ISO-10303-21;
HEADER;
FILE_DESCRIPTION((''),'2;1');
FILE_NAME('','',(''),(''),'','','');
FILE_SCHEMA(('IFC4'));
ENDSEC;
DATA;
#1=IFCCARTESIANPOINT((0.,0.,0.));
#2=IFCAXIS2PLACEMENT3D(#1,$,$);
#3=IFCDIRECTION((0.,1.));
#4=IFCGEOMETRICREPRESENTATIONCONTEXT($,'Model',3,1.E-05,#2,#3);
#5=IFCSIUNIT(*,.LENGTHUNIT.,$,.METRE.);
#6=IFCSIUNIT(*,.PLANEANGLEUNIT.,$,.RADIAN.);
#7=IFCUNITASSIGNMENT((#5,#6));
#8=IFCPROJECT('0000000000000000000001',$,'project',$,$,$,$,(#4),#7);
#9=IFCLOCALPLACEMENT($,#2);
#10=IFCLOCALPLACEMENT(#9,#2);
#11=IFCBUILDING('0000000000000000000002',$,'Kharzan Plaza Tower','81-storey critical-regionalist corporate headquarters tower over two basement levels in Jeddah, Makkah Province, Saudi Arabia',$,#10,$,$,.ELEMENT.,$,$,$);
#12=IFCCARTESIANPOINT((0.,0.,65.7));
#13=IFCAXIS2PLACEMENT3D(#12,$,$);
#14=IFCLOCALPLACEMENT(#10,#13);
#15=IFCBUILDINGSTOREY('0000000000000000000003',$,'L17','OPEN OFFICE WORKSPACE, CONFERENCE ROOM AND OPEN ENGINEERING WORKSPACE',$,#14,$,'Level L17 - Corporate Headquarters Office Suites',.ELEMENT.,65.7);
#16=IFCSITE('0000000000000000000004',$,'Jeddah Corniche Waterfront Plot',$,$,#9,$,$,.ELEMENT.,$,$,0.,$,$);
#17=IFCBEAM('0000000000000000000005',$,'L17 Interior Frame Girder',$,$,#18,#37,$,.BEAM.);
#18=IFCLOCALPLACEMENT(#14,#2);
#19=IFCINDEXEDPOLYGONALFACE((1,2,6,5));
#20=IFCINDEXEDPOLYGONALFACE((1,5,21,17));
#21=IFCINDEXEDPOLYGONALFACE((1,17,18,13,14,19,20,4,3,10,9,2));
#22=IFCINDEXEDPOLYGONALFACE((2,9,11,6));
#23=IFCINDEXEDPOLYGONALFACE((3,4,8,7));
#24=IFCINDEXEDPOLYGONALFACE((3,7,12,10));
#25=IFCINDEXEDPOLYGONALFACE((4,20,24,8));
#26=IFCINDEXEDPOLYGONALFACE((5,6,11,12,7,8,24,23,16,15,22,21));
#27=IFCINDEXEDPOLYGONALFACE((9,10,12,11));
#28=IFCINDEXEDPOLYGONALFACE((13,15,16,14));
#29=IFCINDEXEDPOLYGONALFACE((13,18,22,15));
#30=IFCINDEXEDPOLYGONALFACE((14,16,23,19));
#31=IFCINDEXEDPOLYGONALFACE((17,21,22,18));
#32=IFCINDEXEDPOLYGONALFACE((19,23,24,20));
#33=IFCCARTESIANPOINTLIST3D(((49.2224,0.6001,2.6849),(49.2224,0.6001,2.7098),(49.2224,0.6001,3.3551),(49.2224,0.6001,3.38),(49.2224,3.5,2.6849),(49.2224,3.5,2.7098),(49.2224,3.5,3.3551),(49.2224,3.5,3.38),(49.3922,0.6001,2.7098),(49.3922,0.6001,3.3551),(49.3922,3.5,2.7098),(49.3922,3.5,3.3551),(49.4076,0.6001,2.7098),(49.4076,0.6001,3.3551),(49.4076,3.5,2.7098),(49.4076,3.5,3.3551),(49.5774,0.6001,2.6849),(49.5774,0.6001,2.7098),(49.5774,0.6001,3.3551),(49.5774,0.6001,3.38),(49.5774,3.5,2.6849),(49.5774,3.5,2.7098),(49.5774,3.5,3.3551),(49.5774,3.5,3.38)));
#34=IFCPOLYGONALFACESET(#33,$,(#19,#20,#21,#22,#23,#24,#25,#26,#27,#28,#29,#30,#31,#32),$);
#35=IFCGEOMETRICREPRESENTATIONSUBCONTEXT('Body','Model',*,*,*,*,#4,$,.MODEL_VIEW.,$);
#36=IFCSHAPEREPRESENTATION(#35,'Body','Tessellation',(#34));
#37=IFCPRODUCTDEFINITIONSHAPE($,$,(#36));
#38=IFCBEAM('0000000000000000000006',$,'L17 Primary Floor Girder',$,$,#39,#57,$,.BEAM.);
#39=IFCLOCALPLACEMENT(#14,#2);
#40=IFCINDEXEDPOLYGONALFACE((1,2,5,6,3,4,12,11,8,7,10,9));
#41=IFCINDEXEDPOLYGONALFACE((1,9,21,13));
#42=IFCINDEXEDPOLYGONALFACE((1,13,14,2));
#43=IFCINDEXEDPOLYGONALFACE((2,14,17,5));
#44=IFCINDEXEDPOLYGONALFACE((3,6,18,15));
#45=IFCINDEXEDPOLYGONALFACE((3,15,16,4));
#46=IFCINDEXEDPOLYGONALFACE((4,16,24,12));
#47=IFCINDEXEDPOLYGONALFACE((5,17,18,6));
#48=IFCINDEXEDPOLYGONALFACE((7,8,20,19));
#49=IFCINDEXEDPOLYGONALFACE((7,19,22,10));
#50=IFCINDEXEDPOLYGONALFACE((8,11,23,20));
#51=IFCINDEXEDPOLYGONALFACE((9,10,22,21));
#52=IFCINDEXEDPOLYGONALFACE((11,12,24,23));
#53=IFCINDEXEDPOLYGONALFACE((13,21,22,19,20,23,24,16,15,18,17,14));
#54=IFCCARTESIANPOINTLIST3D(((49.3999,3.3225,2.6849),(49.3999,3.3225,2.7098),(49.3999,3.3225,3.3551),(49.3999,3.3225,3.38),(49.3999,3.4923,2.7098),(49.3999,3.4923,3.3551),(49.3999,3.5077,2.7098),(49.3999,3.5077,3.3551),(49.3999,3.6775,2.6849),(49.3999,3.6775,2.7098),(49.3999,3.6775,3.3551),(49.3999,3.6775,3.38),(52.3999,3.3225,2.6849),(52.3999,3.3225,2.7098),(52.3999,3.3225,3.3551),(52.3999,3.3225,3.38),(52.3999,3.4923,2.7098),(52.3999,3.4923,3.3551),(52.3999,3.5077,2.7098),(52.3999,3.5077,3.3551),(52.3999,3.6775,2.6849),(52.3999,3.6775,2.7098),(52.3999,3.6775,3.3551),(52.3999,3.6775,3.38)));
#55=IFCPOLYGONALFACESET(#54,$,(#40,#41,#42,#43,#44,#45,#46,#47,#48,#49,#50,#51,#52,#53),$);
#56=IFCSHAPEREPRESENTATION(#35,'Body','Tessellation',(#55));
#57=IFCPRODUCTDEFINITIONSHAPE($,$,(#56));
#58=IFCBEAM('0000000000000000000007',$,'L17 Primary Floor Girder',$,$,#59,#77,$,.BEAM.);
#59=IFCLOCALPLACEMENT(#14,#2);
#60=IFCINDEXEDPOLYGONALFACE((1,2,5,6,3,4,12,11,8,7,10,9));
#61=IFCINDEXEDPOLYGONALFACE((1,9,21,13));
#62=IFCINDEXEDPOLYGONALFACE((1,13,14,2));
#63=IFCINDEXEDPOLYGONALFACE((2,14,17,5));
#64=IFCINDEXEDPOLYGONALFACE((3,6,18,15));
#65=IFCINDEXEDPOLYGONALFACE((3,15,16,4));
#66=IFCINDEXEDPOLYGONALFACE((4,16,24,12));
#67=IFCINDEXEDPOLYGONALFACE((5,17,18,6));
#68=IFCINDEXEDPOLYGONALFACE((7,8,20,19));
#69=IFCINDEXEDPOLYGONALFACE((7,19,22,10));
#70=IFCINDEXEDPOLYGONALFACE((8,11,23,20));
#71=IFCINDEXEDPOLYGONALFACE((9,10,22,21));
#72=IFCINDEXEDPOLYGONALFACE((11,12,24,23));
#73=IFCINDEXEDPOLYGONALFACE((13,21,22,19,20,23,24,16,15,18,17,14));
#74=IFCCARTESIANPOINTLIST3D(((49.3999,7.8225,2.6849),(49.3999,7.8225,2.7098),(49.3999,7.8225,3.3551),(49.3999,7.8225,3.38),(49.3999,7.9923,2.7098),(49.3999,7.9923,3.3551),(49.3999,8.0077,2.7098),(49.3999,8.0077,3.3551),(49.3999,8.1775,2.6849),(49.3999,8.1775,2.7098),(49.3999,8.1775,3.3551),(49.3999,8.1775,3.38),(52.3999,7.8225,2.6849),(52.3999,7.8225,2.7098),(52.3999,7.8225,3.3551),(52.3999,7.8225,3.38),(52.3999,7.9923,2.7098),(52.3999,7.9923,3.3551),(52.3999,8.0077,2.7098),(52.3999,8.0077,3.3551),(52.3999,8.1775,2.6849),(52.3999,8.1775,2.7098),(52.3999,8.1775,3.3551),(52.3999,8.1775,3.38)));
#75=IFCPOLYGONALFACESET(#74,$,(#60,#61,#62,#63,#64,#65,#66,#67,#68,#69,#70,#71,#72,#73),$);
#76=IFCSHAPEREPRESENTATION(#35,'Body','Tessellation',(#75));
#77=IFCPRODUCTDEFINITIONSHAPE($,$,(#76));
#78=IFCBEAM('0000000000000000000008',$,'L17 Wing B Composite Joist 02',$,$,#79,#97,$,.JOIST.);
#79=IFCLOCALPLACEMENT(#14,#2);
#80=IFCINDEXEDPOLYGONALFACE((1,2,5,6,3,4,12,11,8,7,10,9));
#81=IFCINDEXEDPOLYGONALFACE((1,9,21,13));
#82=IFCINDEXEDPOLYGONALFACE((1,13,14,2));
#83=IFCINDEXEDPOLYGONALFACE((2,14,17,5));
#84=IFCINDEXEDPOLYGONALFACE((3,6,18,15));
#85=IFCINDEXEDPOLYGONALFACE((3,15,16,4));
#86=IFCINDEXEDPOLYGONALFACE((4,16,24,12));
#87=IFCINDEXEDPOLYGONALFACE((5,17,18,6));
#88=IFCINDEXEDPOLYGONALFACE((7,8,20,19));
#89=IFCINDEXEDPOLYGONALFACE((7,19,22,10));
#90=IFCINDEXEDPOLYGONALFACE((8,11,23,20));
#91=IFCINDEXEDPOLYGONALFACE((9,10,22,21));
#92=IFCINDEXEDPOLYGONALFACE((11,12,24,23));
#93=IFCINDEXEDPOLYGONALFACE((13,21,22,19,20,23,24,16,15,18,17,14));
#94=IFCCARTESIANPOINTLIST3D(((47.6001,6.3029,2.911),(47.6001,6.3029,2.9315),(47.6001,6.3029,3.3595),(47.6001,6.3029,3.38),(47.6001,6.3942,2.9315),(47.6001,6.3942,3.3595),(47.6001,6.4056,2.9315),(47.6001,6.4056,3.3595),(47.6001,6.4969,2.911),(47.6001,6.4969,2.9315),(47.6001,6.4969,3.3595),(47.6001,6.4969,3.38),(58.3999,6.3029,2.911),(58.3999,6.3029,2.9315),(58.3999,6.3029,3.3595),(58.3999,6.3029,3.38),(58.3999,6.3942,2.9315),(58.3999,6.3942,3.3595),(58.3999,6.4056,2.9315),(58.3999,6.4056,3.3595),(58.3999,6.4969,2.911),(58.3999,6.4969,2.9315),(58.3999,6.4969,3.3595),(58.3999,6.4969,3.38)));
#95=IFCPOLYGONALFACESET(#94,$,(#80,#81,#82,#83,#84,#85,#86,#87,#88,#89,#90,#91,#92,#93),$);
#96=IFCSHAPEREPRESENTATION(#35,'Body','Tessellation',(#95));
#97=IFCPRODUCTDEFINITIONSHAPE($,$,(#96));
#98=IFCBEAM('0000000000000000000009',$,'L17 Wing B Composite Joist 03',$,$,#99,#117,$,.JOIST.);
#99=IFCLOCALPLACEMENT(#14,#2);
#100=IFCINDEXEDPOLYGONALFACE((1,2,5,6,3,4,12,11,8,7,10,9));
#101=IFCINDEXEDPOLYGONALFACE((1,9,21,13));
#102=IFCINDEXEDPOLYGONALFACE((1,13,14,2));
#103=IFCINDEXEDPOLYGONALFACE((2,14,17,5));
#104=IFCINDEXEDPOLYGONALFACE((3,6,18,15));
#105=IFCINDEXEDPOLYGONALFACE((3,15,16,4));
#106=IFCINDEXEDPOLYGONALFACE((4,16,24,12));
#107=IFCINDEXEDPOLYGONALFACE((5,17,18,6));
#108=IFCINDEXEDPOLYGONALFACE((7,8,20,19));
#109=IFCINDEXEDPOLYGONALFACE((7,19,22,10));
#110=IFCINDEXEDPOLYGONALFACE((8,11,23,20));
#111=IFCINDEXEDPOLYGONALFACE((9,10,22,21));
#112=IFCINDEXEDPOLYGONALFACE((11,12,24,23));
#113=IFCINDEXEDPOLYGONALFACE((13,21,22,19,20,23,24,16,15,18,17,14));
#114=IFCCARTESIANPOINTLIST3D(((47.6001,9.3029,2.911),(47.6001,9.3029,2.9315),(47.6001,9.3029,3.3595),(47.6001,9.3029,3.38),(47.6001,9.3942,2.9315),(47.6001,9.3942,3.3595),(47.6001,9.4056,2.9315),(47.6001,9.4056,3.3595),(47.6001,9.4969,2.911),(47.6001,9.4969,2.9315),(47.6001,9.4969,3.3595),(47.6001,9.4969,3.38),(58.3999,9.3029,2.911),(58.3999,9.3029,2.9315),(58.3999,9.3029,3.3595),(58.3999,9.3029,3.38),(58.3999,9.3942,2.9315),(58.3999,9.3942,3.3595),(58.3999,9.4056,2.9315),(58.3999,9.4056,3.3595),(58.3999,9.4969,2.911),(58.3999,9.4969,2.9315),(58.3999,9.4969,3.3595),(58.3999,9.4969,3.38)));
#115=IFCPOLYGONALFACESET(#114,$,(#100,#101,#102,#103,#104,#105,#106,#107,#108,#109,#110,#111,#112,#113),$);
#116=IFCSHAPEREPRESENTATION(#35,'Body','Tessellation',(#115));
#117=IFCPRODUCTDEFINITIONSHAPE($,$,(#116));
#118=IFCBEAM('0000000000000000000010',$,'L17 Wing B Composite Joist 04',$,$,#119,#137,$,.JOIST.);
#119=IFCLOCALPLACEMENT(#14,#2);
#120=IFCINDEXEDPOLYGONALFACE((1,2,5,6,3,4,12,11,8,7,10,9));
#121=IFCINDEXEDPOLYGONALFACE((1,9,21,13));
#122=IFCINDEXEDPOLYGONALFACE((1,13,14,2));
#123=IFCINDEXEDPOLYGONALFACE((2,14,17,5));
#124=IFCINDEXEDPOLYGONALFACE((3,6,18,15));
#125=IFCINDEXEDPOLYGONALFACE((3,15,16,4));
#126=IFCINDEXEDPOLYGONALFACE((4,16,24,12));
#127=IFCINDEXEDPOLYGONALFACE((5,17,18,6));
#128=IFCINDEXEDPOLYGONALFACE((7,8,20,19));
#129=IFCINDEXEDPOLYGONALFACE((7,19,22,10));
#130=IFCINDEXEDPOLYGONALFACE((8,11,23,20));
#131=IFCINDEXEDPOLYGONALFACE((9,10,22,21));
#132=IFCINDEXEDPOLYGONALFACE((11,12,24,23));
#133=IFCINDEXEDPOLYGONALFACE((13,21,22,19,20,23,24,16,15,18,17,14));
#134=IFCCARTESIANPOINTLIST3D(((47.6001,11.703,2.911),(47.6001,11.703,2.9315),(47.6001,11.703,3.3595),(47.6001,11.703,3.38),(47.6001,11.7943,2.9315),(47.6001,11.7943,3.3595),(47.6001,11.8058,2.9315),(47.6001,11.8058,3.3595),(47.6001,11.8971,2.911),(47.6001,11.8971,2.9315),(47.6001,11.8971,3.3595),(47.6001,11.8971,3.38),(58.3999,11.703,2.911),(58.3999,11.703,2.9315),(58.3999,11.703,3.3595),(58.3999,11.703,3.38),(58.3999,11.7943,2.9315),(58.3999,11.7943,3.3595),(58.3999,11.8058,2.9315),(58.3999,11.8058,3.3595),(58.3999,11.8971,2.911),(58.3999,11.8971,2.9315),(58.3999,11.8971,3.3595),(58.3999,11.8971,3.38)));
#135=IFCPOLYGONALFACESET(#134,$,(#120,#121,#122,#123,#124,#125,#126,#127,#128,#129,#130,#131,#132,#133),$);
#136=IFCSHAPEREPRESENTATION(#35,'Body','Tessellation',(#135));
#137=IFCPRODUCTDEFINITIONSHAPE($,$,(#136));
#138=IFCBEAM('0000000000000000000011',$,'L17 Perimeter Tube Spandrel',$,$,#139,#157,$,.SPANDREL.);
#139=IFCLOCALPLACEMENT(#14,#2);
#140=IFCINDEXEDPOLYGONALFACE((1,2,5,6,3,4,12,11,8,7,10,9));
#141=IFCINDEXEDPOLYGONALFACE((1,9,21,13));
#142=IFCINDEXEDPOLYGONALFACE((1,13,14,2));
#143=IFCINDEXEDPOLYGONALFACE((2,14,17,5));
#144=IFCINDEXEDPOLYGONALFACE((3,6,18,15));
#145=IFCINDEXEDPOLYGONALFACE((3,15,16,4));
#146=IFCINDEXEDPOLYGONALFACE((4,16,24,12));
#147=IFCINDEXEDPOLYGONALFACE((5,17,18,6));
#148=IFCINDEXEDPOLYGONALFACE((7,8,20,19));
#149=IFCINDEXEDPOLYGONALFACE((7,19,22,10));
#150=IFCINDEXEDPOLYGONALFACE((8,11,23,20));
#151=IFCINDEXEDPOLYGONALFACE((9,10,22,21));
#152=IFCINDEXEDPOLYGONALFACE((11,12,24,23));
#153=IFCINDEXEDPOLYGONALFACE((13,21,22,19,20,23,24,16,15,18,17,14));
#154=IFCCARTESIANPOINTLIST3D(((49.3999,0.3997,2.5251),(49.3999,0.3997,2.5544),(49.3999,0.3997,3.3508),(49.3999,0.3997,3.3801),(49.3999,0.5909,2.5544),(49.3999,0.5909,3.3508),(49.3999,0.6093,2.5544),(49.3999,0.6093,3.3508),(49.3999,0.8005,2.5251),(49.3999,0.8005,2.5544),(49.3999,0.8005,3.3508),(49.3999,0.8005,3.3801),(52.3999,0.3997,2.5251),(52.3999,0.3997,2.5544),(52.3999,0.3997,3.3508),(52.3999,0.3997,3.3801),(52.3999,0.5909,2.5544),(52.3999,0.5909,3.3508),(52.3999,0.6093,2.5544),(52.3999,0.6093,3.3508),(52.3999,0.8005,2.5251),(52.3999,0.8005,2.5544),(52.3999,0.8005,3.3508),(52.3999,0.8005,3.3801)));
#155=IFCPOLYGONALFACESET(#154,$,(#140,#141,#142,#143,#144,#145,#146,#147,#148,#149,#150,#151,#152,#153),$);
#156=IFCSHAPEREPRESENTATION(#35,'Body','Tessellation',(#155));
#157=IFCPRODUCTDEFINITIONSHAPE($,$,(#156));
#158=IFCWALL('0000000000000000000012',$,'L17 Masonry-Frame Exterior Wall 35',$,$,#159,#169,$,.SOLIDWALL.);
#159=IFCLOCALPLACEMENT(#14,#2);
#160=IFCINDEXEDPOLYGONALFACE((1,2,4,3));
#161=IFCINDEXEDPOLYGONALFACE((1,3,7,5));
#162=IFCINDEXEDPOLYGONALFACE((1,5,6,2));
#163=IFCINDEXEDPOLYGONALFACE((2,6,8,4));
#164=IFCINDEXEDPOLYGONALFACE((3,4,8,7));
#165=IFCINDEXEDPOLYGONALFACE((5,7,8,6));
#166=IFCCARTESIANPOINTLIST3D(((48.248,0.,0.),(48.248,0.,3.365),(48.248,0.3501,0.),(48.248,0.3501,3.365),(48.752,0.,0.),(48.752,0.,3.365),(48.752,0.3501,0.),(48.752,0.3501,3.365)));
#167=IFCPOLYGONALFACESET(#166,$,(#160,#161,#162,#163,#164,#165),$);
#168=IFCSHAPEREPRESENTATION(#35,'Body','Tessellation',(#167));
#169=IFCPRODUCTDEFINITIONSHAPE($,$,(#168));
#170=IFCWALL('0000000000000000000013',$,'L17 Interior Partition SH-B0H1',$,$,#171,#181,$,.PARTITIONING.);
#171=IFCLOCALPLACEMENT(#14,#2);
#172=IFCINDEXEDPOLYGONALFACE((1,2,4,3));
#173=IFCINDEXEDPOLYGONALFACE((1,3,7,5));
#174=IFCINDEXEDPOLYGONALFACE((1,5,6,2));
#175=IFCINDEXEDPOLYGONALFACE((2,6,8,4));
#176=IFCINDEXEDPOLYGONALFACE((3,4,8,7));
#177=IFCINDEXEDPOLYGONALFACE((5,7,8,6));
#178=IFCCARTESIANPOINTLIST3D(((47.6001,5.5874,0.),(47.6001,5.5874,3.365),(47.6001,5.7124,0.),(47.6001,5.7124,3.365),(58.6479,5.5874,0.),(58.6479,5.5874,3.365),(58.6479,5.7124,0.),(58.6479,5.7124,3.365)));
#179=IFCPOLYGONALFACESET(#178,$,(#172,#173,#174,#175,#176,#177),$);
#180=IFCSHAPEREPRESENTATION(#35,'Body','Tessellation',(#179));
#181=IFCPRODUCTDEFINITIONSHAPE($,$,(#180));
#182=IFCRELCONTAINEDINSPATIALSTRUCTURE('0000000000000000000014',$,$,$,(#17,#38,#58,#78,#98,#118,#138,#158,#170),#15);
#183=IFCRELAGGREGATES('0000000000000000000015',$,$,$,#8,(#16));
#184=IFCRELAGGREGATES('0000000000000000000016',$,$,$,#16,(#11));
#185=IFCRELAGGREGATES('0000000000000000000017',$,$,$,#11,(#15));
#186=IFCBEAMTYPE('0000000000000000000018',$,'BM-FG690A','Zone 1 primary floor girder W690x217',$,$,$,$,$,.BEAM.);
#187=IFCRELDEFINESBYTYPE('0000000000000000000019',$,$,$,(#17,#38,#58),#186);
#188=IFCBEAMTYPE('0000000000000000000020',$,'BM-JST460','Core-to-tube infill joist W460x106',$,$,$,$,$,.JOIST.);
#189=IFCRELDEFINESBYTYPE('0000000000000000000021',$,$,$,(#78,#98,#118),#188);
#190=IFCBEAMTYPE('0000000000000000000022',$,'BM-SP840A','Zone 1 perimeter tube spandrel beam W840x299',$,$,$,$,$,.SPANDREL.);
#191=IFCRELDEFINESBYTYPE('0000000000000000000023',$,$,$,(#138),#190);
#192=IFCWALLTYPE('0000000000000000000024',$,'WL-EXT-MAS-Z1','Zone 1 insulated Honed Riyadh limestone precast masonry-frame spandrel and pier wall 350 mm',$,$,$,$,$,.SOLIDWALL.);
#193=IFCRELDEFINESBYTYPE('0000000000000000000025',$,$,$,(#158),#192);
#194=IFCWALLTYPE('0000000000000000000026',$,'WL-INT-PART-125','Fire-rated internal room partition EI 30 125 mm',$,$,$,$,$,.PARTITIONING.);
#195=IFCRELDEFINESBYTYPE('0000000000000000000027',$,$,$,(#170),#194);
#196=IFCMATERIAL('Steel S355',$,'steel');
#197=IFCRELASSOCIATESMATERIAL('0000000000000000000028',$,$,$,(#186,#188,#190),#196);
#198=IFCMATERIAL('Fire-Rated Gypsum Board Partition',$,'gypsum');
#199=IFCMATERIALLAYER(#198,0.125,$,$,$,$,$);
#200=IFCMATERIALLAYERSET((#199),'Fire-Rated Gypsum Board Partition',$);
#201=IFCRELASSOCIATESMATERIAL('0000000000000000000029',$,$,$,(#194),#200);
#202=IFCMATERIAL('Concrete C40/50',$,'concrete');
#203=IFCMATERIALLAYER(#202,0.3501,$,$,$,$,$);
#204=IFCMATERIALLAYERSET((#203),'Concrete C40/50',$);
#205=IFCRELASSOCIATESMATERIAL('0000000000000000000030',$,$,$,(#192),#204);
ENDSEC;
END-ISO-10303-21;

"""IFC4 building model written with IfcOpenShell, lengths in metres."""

from ifc_helpers import new_model, si_unit, direction, frame, frame_2d, origin, origin_2d, place, context, subcontext, project, spatial, rectangle, i_section, extrude, source, transform, mapped, material, layer, layer_set, material_profile, profile_set, type_object, element, save


model = new_model("IFC4")

# Units and contexts
model_context = context("Model", 3, precision=1e-05, world=origin(), true_north=direction((0.0, 1.0)))
body_context = subcontext(model_context, "Body", "Model", "MODEL_VIEW")
ifc_project = project(units=[si_unit("LENGTHUNIT", "METRE"), si_unit("PLANEANGLEUNIT", "RADIAN")], contexts=[model_context])

# Site, building, storey
site_placement = place(None, origin())
site = spatial("IfcSite", under=ifc_project, at=site_placement, Name="Jeddah Corniche Waterfront Plot", CompositionType="ELEMENT", RefElevation=0.0)
building_placement = place(site_placement, origin())
building = spatial("IfcBuilding", under=site, at=building_placement, Name="Kharzan Plaza Tower", Description="81-storey critical-regionalist corporate headquarters tower over two basement levels in Jeddah, Makkah Province, Saudi Arabia", CompositionType="ELEMENT")
storey_placement = place(building_placement, frame((0.0, 0.0, 65.7)))
storey = spatial("IfcBuildingStorey", under=building, at=storey_placement, Name="L17", Description="OPEN OFFICE WORKSPACE, CONFERENCE ROOM AND OPEN ENGINEERING WORKSPACE", LongName="Level L17 - Corporate Headquarters Office Suites", CompositionType="ELEMENT", Elevation=65.7)

# Beams
ifc_material_1 = material(Name="Steel S355", Category="steel")
ifc_material_profile_1 = material_profile(ifc_material_1, i_section(OverallWidth=0.355, OverallDepth=0.6951, WebThickness=0.0154, FlangeThickness=0.0249, at=origin_2d()), Name="W690x217")
ifc_profile_set_1 = profile_set([ifc_material_profile_1], Name="Steel S355")
beam_type_1 = type_object("IfcBeamType", Name="BM-FG690A", Description="Zone 1 primary floor girder W690x217", PredefinedType="BEAM", material=ifc_profile_set_1)
shared_shape_1 = source(origin(), body_context, "Body", "SweptSolid", [
    extrude(i_section(OverallWidth=0.355, OverallDepth=0.6951, WebThickness=0.0154, FlangeThickness=0.0249, at=origin_2d()), origin(), (0.0, 0.0, 1.0), 2.8999),
])
for number, where, z_axis, x_axis, name in (
    (1, (49.3999, 0.6001, 3.0325), (0.0, 1.0, 0.0), (-1.0, 0.0, 0.0), "L17 Interior Frame Girder"),
):
    element("IfcBeam", number, at=place(storey_placement, frame(where, z_axis=z_axis, x_axis=x_axis)), inside=storey, type_object=beam_type_1, Name=name, PredefinedType="BEAM", context=body_context, shape_type="MappedRepresentation", body=[
        mapped(shared_shape_1, transform((0.0, 0.0, 0.0), x_axis=(1.0, 0.0, 0.0), y_axis=(0.0, 1.0, 0.0), z_axis=(0.0, 0.0, 1.0))),
    ])
shared_shape_2 = source(origin(), body_context, "Body", "SweptSolid", [
    extrude(i_section(OverallWidth=0.355, OverallDepth=0.6951, WebThickness=0.0154, FlangeThickness=0.0249, at=origin_2d()), origin(), (0.0, 0.0, 1.0), 3.0),
])
for number, where, z_axis, x_axis, name in (
    (2, (49.3999, 3.5, 3.0325), (1.0, 0.0, 0.0), (0.0, 1.0, 0.0), "L17 Primary Floor Girder"),
    (3, (49.3999, 8.0, 3.0325), (1.0, 0.0, 0.0), (0.0, 1.0, 0.0), "L17 Primary Floor Girder"),
):
    element("IfcBeam", number, at=place(storey_placement, frame(where, z_axis=z_axis, x_axis=x_axis)), inside=storey, type_object=beam_type_1, Name=name, PredefinedType="BEAM", context=body_context, shape_type="MappedRepresentation", body=[
        mapped(shared_shape_2, transform((0.0, 0.0, 0.0), x_axis=(1.0, 0.0, 0.0), y_axis=(0.0, 1.0, 0.0), z_axis=(0.0, 0.0, 1.0))),
    ])
ifc_material_profile_2 = material_profile(ifc_material_1, i_section(OverallWidth=0.1941, OverallDepth=0.469, WebThickness=0.0115, FlangeThickness=0.0205, at=origin_2d()), Name="W460x106")
ifc_profile_set_2 = profile_set([ifc_material_profile_2], Name="Steel S355")
beam_type_2 = type_object("IfcBeamType", Name="BM-JST460", Description="Core-to-tube infill joist W460x106", PredefinedType="JOIST", material=ifc_profile_set_2)
shared_shape_3 = source(origin(), body_context, "Body", "SweptSolid", [
    extrude(i_section(OverallWidth=0.1941, OverallDepth=0.469, WebThickness=0.0115, FlangeThickness=0.0205, at=origin_2d()), origin(), (0.0, 0.0, 1.0), 10.7998),
])
for number, where, z_axis, x_axis, name in (
    (4, (47.6001, 6.3999, 3.1455), (1.0, 0.0, 0.0), (0.0, 1.0, 0.0), "L17 Wing B Composite Joist 02"),
    (5, (47.6001, 9.3999, 3.1455), (1.0, 0.0, 0.0), (0.0, 1.0, 0.0), "L17 Wing B Composite Joist 03"),
    (6, (47.6001, 11.8, 3.1455), (1.0, 0.0, 0.0), (0.0, 1.0, 0.0), "L17 Wing B Composite Joist 04"),
):
    element("IfcBeam", number, at=place(storey_placement, frame(where, z_axis=z_axis, x_axis=x_axis)), inside=storey, type_object=beam_type_2, Name=name, PredefinedType="JOIST", context=body_context, shape_type="MappedRepresentation", body=[
        mapped(shared_shape_3, transform((0.0, 0.0, 0.0), x_axis=(1.0, 0.0, 0.0), y_axis=(0.0, 1.0, 0.0), z_axis=(0.0, 0.0, 1.0))),
    ])
ifc_material_profile_3 = material_profile(ifc_material_1, i_section(OverallWidth=0.4009, OverallDepth=0.855, WebThickness=0.0183, FlangeThickness=0.0293, at=origin_2d()), Name="W840x299")
ifc_profile_set_3 = profile_set([ifc_material_profile_3], Name="Steel S355")
beam_type_3 = type_object("IfcBeamType", Name="BM-SP840A", Description="Zone 1 perimeter tube spandrel beam W840x299", PredefinedType="SPANDREL", material=ifc_profile_set_3)
shared_shape_4 = source(origin(), body_context, "Body", "SweptSolid", [
    extrude(i_section(OverallWidth=0.4009, OverallDepth=0.855, WebThickness=0.0183, FlangeThickness=0.0293, at=origin_2d()), origin(), (0.0, 0.0, 1.0), 3.0),
])
beam_placement = place(storey_placement, frame((49.3999, 0.6001, 2.9526), z_axis=(1.0, 0.0, 0.0), x_axis=(0.0, 1.0, 0.0)))
element("IfcBeam", 7, at=beam_placement, inside=storey, type_object=beam_type_3, Name="L17 Perimeter Tube Spandrel", PredefinedType="SPANDREL", context=body_context, shape_type="MappedRepresentation", body=[
    mapped(shared_shape_4, transform((0.0, 0.0, 0.0), x_axis=(1.0, 0.0, 0.0), y_axis=(0.0, 1.0, 0.0), z_axis=(0.0, 0.0, 1.0))),
])

# Shared definitions
ifc_material_2 = material(Name="Fire-Rated Gypsum Board Partition", Category="gypsum")
ifc_layer_1 = layer(ifc_material_2, 0.125)
ifc_layer_set_1 = layer_set([ifc_layer_1], Name="Fire-Rated Gypsum Board Partition")
wall_type_1 = type_object("IfcWallType", Name="WL-INT-PART-125", Description="Fire-rated internal room partition EI 30 125 mm", PredefinedType="PARTITIONING", material=ifc_layer_set_1)

# Walls
ifc_material_3 = material(Name="Concrete C40/50", Category="concrete")
ifc_layer_2 = layer(ifc_material_3, 0.3501)
ifc_layer_set_2 = layer_set([ifc_layer_2], Name="Concrete C40/50")
wall_type_2 = type_object("IfcWallType", Name="WL-EXT-MAS-Z1", Description="Zone 1 insulated Honed Riyadh limestone precast masonry-frame spandrel and pier wall 350 mm", PredefinedType="SOLIDWALL", material=ifc_layer_set_2)
shared_shape_5 = source(origin(), body_context, "Body", "SweptSolid", [
    extrude(rectangle(XDim=0.5039, YDim=0.3501, at=frame_2d((0.252, 0.0))), origin(), (0.0, 0.0, 1.0), 3.365),
])
wall_1_placement = place(storey_placement, frame((48.248, 0.175, 0.0), z_axis=(0.0, 0.0, 1.0), x_axis=(1.0, 0.0, 0.0)))
element("IfcWall", 8, at=wall_1_placement, inside=storey, type_object=wall_type_2, Name="L17 Masonry-Frame Exterior Wall 35", PredefinedType="SOLIDWALL", context=body_context, shape_type="MappedRepresentation", body=[
    mapped(shared_shape_5, transform((0.0, 0.0, 0.0), x_axis=(1.0, 0.0, 0.0), y_axis=(0.0, 1.0, 0.0), z_axis=(0.0, 0.0, 1.0))),
])
shared_shape_6 = source(origin(), body_context, "Body", "SweptSolid", [
    extrude(rectangle(XDim=11.0479, YDim=0.125, at=frame_2d((5.5239, 0.0))), origin(), (0.0, 0.0, 1.0), 3.365),
])
for number, where, z_axis, x_axis, name in (
    (9, (47.6001, 5.6499, 0.0), (0.0, 0.0, 1.0), (1.0, 0.0, 0.0), "L17 Interior Partition SH-B0H1"),
):
    element("IfcWall", number, at=place(storey_placement, frame(where, z_axis=z_axis, x_axis=x_axis)), inside=storey, type_object=wall_type_1, Name=name, PredefinedType="PARTITIONING", context=body_context, shape_type="MappedRepresentation", body=[
        mapped(shared_shape_6, transform((0.0, 0.0, 0.0), x_axis=(1.0, 0.0, 0.0), y_axis=(0.0, 1.0, 0.0), z_axis=(0.0, 0.0, 1.0))),
    ])

save(model, "model.ifc")
